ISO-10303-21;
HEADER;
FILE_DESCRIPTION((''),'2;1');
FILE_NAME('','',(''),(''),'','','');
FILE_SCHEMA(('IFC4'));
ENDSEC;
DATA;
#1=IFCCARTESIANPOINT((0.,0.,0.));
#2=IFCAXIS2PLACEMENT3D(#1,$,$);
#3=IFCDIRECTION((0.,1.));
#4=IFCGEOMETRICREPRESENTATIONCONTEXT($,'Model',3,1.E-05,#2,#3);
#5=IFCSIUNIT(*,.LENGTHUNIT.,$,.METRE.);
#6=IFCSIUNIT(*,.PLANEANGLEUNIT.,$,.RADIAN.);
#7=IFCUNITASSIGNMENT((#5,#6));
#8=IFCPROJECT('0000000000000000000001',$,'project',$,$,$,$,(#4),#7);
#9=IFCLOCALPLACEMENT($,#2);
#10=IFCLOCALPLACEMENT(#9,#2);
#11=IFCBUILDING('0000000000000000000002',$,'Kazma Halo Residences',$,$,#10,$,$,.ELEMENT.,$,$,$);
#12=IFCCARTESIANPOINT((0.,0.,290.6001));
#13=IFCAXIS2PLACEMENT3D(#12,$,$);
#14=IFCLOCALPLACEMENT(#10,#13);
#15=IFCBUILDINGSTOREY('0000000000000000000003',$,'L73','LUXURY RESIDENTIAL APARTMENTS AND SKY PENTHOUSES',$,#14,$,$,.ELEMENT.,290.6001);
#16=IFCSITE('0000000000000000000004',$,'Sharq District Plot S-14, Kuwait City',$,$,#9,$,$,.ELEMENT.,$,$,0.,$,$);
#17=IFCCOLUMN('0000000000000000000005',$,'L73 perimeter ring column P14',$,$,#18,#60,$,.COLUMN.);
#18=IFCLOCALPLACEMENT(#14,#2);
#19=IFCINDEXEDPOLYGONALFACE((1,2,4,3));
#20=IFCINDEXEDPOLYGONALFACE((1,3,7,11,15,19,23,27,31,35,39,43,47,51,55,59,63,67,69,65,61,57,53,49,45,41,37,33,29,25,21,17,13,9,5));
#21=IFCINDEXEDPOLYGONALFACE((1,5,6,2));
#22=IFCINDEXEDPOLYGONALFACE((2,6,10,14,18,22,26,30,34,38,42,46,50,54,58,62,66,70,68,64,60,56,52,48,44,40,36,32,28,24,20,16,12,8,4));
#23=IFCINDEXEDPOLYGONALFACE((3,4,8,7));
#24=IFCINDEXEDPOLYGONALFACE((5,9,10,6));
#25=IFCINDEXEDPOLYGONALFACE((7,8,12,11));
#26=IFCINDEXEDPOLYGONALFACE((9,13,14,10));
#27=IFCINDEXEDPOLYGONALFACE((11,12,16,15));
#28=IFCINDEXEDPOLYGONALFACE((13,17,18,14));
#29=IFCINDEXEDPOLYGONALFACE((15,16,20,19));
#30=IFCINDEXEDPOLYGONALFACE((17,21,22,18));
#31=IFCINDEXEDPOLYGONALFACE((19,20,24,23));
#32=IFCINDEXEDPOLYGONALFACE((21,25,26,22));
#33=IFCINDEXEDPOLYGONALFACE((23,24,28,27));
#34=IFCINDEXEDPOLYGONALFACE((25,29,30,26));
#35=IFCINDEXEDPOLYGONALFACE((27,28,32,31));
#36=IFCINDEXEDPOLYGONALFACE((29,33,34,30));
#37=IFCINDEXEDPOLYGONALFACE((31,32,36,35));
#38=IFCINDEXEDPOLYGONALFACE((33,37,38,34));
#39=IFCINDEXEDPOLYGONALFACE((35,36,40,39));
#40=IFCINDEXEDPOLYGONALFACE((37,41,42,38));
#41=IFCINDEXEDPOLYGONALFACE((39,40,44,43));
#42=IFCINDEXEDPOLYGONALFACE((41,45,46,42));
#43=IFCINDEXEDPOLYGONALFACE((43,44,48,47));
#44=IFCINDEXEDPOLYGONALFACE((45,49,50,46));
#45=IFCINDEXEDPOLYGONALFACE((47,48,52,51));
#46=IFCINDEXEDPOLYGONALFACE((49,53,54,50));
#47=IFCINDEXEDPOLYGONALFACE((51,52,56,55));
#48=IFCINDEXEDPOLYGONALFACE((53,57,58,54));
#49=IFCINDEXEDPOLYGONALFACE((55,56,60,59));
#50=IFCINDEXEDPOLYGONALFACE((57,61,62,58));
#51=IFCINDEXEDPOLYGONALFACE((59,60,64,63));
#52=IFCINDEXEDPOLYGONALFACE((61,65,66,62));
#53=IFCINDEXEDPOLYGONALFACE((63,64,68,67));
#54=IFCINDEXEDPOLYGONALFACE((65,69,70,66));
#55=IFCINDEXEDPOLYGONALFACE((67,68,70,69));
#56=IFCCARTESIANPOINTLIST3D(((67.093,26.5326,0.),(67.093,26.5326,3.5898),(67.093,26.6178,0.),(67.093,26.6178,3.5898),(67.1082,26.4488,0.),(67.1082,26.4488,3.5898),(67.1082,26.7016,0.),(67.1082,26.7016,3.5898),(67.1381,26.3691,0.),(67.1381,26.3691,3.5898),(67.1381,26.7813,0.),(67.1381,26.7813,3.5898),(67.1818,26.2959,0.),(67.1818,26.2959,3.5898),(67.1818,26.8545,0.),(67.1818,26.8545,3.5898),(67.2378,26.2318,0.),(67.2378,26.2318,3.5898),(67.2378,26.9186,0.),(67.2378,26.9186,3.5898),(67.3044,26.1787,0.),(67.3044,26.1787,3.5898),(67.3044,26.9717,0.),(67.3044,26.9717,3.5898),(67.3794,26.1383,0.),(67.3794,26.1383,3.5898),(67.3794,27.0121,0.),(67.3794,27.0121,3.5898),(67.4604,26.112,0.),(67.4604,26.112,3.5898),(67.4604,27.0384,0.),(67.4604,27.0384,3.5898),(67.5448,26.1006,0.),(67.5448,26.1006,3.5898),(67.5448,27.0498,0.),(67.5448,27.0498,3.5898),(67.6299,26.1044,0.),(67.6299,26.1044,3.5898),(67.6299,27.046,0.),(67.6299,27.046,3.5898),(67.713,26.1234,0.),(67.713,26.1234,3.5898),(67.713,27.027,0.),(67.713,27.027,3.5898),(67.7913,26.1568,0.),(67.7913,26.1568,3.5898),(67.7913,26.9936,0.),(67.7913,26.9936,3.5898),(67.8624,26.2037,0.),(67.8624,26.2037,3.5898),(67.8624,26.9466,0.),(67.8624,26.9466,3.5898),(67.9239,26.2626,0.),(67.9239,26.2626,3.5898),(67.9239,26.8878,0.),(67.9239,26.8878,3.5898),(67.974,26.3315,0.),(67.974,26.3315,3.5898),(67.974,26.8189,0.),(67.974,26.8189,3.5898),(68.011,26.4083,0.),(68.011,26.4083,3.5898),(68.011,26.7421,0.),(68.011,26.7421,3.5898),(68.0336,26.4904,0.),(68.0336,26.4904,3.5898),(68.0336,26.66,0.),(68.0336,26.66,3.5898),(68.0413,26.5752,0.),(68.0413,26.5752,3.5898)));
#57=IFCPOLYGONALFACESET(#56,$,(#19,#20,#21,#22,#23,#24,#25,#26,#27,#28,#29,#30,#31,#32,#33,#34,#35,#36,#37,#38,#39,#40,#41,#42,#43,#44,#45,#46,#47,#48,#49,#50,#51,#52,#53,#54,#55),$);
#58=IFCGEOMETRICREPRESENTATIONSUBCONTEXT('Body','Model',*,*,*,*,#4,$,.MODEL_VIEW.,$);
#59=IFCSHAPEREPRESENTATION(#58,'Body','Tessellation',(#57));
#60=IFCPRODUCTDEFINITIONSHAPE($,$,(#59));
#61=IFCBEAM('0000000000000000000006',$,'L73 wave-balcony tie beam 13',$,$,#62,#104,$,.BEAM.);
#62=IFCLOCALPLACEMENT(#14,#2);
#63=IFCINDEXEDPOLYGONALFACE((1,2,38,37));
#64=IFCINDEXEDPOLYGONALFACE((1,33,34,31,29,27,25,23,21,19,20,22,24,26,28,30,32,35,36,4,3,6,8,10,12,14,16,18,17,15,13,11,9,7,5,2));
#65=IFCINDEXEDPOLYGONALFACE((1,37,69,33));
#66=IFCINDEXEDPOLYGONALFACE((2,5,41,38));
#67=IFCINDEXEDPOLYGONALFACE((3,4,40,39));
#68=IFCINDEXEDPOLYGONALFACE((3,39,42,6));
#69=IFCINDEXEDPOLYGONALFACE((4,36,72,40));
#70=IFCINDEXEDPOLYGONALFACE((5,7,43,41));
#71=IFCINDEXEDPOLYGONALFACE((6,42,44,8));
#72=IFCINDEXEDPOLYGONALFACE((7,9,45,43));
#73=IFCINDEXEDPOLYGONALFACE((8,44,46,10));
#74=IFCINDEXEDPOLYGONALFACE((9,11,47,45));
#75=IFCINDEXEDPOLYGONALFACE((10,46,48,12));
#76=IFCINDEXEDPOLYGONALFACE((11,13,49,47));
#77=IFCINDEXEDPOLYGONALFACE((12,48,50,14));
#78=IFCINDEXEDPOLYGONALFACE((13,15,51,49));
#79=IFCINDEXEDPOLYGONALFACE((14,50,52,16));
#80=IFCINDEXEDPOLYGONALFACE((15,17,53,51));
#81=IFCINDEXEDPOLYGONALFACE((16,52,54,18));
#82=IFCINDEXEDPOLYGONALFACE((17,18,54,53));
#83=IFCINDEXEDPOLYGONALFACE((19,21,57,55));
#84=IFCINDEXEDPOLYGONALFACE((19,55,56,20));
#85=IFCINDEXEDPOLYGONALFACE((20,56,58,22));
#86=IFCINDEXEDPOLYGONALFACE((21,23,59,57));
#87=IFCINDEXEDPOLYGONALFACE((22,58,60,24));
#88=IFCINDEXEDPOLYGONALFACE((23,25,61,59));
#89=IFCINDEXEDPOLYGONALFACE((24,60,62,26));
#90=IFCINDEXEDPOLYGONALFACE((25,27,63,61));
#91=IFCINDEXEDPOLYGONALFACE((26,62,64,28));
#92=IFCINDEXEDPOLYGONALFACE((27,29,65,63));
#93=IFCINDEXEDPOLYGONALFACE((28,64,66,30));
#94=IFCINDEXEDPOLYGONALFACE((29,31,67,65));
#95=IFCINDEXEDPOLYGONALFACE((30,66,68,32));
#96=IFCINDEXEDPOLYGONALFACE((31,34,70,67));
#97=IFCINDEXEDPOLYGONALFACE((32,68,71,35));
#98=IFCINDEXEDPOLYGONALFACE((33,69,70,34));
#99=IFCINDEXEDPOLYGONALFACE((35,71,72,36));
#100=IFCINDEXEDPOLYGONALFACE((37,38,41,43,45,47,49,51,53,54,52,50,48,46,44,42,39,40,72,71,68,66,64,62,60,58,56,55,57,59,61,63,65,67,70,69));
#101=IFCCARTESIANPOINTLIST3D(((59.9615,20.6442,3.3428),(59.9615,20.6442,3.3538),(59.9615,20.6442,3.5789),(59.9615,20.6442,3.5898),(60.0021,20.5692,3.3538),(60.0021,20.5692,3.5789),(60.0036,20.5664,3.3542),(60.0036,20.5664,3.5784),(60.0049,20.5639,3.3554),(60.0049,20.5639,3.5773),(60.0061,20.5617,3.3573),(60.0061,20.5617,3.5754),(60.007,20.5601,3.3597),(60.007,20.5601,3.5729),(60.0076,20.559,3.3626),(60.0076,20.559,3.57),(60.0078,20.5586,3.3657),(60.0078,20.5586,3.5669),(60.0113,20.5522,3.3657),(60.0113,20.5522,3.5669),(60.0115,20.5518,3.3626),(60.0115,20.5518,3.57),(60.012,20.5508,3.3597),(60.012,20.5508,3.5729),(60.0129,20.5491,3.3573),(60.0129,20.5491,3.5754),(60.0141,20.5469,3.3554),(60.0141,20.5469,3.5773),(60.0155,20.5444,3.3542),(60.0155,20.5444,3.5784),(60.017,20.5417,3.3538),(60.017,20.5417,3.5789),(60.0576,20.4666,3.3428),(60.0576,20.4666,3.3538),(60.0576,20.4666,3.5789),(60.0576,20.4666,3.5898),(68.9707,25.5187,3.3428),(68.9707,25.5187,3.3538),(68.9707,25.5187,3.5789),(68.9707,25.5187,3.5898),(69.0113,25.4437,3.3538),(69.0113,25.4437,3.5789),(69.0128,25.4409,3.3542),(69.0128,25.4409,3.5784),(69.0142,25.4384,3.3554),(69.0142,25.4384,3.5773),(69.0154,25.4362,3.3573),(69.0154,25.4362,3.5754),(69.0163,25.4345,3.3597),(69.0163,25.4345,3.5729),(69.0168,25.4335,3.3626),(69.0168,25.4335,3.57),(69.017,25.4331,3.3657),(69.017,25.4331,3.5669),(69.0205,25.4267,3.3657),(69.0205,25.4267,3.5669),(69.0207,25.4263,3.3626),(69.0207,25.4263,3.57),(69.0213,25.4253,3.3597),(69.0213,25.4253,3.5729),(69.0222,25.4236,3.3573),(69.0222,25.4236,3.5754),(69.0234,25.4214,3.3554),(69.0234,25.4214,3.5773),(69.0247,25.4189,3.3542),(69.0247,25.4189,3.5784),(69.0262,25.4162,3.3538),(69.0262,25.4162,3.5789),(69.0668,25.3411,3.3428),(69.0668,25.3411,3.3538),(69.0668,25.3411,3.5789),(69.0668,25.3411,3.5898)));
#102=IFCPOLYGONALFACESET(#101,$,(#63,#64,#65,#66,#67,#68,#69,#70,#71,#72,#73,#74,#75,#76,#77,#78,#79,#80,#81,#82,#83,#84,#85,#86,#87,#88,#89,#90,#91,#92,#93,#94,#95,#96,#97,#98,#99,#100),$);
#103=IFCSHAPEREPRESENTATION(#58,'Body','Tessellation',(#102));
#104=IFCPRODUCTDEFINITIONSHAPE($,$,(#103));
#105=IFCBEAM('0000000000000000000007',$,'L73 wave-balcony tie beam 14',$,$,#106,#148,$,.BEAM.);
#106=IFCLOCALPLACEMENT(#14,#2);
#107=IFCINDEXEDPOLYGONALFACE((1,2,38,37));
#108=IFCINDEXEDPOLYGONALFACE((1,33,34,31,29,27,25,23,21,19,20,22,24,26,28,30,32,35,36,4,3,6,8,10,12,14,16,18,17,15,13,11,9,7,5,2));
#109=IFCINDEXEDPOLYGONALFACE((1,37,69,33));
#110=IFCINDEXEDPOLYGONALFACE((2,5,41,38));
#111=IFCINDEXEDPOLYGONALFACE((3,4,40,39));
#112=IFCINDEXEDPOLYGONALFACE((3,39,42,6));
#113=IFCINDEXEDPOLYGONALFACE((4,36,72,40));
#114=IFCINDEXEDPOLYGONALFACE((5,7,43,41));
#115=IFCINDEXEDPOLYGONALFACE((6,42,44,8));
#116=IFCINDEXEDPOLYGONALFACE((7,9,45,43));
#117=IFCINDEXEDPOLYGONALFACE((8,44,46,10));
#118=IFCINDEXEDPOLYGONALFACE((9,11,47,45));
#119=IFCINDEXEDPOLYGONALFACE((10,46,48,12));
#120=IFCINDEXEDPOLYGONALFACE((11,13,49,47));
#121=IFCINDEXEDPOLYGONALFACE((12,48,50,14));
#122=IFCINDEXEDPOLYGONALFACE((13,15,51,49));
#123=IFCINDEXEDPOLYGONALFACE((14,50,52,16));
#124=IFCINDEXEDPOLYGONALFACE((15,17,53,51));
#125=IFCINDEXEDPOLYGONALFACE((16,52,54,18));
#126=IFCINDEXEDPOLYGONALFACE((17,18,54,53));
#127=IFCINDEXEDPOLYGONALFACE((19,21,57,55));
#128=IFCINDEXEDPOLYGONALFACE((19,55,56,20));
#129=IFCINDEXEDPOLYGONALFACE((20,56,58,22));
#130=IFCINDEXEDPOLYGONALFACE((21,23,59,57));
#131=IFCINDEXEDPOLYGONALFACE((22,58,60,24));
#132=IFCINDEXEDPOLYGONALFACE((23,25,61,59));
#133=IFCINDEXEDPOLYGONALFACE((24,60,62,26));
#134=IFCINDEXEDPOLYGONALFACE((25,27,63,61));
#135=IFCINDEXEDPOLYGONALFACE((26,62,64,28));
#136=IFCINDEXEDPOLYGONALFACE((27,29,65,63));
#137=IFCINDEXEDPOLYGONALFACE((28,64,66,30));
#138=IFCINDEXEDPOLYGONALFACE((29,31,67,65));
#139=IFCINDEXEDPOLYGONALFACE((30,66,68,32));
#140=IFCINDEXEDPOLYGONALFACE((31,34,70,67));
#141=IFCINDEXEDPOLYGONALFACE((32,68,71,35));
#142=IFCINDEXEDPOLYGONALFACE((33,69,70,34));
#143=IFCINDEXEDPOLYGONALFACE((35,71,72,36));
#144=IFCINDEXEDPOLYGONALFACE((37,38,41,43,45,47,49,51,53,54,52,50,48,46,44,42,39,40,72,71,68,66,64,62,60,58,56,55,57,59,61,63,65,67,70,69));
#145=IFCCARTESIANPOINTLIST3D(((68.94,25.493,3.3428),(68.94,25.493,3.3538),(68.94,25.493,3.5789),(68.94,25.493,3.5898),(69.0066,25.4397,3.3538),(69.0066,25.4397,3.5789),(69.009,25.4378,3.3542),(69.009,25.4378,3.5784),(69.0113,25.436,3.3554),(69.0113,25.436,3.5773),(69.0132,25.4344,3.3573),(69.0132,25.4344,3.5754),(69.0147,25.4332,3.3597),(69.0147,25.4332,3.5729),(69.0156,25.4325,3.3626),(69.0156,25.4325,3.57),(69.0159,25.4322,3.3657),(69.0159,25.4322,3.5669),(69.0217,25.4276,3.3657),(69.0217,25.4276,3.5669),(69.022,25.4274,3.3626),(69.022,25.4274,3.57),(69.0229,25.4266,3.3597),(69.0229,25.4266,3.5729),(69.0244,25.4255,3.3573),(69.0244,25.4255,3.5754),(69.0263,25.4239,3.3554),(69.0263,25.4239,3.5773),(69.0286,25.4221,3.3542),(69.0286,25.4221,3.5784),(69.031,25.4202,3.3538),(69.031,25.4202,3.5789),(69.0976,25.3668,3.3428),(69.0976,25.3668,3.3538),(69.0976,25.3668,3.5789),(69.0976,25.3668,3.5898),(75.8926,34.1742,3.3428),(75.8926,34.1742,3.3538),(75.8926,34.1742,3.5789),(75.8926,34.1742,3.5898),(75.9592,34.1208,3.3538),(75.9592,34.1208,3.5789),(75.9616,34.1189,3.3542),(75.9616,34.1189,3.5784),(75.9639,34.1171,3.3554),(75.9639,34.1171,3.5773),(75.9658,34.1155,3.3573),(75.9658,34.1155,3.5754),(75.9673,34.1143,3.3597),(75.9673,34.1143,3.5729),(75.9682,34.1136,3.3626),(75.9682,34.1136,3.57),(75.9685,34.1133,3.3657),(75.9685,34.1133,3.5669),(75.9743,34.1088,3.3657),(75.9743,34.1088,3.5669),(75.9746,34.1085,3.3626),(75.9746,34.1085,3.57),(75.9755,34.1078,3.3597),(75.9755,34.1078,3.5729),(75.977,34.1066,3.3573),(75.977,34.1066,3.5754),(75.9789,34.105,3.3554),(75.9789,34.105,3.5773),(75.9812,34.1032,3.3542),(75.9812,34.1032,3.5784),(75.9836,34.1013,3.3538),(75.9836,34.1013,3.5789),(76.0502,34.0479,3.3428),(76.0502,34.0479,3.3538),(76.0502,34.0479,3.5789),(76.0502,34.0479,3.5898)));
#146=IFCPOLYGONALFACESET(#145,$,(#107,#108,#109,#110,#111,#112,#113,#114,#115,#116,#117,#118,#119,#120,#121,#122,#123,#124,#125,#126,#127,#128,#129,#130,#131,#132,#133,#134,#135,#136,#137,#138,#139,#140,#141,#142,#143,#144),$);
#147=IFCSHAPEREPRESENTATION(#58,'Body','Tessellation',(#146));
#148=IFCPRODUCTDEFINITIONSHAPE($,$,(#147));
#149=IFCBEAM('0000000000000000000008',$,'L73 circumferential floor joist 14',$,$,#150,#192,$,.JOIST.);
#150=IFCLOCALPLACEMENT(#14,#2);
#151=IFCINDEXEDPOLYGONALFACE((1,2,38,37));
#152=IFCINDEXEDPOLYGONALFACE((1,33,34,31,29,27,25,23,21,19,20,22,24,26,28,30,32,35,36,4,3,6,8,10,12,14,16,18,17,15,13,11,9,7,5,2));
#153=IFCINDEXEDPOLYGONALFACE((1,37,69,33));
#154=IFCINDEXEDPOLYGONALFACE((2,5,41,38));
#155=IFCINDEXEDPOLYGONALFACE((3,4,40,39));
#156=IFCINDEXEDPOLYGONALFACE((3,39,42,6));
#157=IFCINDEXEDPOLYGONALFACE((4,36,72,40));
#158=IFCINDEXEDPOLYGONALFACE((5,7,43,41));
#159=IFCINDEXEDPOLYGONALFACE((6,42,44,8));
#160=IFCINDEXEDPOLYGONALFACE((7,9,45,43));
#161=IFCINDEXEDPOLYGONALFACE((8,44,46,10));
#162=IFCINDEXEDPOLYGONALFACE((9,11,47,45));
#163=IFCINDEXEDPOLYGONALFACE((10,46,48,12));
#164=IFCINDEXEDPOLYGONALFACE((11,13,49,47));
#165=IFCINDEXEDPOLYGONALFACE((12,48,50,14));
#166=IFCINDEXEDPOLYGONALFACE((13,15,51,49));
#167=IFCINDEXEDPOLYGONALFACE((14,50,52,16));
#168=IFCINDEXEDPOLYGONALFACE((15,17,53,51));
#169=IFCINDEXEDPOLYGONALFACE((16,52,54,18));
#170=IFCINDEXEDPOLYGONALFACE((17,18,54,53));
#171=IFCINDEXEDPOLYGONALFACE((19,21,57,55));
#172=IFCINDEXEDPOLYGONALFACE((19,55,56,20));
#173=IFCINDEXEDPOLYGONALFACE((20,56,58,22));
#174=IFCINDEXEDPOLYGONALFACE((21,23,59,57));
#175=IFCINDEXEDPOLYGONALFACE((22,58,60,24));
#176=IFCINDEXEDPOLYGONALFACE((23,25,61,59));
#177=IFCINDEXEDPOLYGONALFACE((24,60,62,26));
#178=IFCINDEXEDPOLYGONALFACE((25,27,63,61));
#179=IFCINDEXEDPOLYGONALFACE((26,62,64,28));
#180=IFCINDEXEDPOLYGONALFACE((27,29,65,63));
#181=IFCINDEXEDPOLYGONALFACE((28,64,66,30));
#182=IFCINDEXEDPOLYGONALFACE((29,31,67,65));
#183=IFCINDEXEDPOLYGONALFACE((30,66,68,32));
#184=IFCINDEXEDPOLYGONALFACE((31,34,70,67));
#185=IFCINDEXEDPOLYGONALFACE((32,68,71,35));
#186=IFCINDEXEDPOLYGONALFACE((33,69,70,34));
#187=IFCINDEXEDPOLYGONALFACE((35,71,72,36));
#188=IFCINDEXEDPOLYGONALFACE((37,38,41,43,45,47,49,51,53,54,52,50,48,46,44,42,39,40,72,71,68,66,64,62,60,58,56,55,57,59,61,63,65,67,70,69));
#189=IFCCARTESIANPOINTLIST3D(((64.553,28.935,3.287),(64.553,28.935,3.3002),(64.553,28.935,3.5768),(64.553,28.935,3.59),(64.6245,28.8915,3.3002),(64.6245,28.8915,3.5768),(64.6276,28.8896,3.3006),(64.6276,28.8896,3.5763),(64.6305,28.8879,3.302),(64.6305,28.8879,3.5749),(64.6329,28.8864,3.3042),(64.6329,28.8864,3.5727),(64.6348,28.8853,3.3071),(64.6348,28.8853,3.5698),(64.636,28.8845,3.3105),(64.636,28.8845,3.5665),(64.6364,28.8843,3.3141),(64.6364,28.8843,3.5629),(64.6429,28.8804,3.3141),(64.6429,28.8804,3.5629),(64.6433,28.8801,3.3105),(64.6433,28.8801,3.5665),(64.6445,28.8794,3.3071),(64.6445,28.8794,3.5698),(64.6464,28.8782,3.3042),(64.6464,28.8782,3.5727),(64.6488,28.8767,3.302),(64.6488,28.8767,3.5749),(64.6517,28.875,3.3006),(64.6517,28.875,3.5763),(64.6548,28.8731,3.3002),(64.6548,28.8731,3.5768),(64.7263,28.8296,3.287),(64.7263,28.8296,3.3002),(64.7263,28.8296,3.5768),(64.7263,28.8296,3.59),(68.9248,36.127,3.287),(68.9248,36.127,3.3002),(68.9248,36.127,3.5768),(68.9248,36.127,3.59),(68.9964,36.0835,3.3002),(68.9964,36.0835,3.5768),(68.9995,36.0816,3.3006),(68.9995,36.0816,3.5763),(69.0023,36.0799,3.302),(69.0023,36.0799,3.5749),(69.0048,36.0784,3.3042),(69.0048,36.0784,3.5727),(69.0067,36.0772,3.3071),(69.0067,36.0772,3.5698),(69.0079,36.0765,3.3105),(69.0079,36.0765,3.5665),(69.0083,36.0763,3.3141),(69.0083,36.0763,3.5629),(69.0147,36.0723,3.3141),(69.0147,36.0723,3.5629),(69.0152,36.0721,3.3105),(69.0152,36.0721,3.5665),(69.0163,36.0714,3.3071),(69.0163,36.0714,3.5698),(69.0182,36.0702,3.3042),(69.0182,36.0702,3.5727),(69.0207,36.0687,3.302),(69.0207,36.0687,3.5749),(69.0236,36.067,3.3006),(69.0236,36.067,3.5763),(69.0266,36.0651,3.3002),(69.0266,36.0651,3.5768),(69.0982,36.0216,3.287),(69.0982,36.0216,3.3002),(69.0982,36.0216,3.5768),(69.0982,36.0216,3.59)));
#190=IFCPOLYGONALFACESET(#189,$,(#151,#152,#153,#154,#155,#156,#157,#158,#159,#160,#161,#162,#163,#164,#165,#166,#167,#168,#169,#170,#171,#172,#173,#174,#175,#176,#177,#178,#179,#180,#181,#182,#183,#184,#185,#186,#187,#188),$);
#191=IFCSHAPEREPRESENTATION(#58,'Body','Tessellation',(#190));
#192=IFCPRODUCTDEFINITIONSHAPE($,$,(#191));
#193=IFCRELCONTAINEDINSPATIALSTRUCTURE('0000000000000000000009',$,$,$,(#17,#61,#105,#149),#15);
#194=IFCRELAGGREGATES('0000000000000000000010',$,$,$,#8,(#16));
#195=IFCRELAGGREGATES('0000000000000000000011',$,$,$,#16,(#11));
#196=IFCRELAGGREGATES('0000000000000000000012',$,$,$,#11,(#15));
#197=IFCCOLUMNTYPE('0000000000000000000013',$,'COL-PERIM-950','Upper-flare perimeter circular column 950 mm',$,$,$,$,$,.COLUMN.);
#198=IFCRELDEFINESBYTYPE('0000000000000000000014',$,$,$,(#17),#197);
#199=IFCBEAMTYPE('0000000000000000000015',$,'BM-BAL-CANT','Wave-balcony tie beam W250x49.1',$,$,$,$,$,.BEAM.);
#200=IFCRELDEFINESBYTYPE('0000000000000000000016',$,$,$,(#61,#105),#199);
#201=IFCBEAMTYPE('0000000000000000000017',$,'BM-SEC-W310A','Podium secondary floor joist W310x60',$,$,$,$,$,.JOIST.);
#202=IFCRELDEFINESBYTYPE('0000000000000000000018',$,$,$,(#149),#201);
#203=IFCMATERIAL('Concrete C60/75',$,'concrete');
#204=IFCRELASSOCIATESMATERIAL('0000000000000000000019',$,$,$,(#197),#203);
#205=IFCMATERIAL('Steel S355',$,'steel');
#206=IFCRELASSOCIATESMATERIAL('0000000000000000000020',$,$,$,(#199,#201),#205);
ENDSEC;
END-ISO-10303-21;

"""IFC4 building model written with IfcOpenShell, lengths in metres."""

from ifc_helpers import new_model, si_unit, direction, frame, origin, origin_2d, place, context, subcontext, project, spatial, circle, i_section, extrude, material, material_profile, profile_set, type_object, element, save


model = new_model("IFC4")

# Units and contexts
model_context = context("Model", 3, precision=1e-05, world=origin(), true_north=direction((0.0, 1.0)))
body_context = subcontext(model_context, "Body", "Model", "MODEL_VIEW")
ifc_project = project(units=[si_unit("LENGTHUNIT", "METRE"), si_unit("PLANEANGLEUNIT", "RADIAN")], contexts=[model_context])

# Site, building, storey
site_placement = place(None, origin())
site = spatial("IfcSite", under=ifc_project, at=site_placement, Name="Sharq District Plot S-14, Kuwait City", CompositionType="ELEMENT", RefElevation=0.0)
building_placement = place(site_placement, origin())
building = spatial("IfcBuilding", under=site, at=building_placement, Name="Kazma Halo Residences", CompositionType="ELEMENT")
storey_placement = place(building_placement, frame((0.0, 0.0, 290.6001)))
storey = spatial("IfcBuildingStorey", under=building, at=storey_placement, Name="L73", Description="LUXURY RESIDENTIAL APARTMENTS AND SKY PENTHOUSES", CompositionType="ELEMENT", Elevation=290.6001)

# Column
ifc_material_1 = material(Name="Concrete C60/75", Category="concrete")
ifc_material_profile_1 = material_profile(ifc_material_1, circle(Radius=0.4751, at=origin_2d()), Name="CIRC950")
ifc_profile_set_1 = profile_set([ifc_material_profile_1], Name="Concrete C60/75")
column_type = type_object("IfcColumnType", Name="COL-PERIM-950", Description="Upper-flare perimeter circular column 950 mm", PredefinedType="COLUMN", material=ifc_profile_set_1)
column_placement = place(storey_placement, frame((67.5662, 26.5752, 0.0), z_axis=(0.0, 0.0, 1.0), x_axis=(1.0, 0.0, 0.0)))
element("IfcColumn", 1, at=column_placement, inside=storey, type_object=column_type, Name="L73 perimeter ring column P14", PredefinedType="COLUMN", context=body_context, shape_type="SweptSolid", body=[
    extrude(circle(Radius=0.4751, at=origin_2d()), origin(), (0.0, 0.0, 1.0), 3.5898),
])

# Beams
ifc_material_2 = material(Name="Steel S355", Category="steel")
ifc_material_profile_2 = material_profile(ifc_material_2, i_section(OverallWidth=0.2019, OverallDepth=0.2471, WebThickness=0.0073, FlangeThickness=0.011, FilletRadius=0.012, at=origin_2d()), Name="W250x49.1")
ifc_profile_set_2 = profile_set([ifc_material_profile_2], Name="Steel S355")
beam_type_1 = type_object("IfcBeamType", Name="BM-BAL-CANT", Description="Wave-balcony tie beam W250x49.1", PredefinedType="BEAM", material=ifc_profile_set_2)
beam_1_placement = place(storey_placement, frame((60.0095, 20.5554, 3.4663), z_axis=(0.879517, 0.475867, 0.0), x_axis=(-0.475867, 0.879517, 0.0)))
element("IfcBeam", 2, at=beam_1_placement, inside=storey, type_object=beam_type_1, Name="L73 wave-balcony tie beam 13", PredefinedType="BEAM", context=body_context, shape_type="SweptSolid", body=[
    extrude(i_section(OverallWidth=0.2019, OverallDepth=0.2471, WebThickness=0.0073, FlangeThickness=0.011, FilletRadius=0.012, at=origin_2d()), origin(), (0.0, 0.0, 1.0), 10.2434),
])
beam_2_placement = place(storey_placement, frame((69.0188, 25.4299, 3.4663), z_axis=(0.625118, 0.78053, 0.0), x_axis=(-0.78053, 0.625118, 0.0)))
element("IfcBeam", 3, at=beam_2_placement, inside=storey, type_object=beam_type_1, Name="L73 wave-balcony tie beam 14", PredefinedType="BEAM", context=body_context, shape_type="SweptSolid", body=[
    extrude(i_section(OverallWidth=0.2019, OverallDepth=0.2471, WebThickness=0.0073, FlangeThickness=0.011, FilletRadius=0.012, at=origin_2d()), origin(), (0.0, 0.0, 1.0), 11.1221),
])
ifc_material_profile_3 = material_profile(ifc_material_2, i_section(OverallWidth=0.2029, OverallDepth=0.303, WebThickness=0.0076, FlangeThickness=0.0132, FilletRadius=0.0139, at=origin_2d()), Name="W310x60")
ifc_profile_set_3 = profile_set([ifc_material_profile_3], Name="Steel S355")
beam_type_2 = type_object("IfcBeamType", Name="BM-SEC-W310A", Description="Podium secondary floor joist W310x60", PredefinedType="JOIST", material=ifc_profile_set_3)
beam_3_placement = place(storey_placement, frame((64.6396, 28.8823, 3.4385), z_axis=(0.51944, 0.854507, 0.0), x_axis=(-0.854507, 0.51944, 0.0)))
element("IfcBeam", 4, at=beam_3_placement, inside=storey, type_object=beam_type_2, Name="L73 circumferential floor joist 14", PredefinedType="JOIST", context=body_context, shape_type="SweptSolid", body=[
    extrude(i_section(OverallWidth=0.2029, OverallDepth=0.303, WebThickness=0.0076, FlangeThickness=0.0132, FilletRadius=0.0139, at=origin_2d()), origin(), (0.0, 0.0, 1.0), 8.4165),
])

save(model, "model.ifc")
